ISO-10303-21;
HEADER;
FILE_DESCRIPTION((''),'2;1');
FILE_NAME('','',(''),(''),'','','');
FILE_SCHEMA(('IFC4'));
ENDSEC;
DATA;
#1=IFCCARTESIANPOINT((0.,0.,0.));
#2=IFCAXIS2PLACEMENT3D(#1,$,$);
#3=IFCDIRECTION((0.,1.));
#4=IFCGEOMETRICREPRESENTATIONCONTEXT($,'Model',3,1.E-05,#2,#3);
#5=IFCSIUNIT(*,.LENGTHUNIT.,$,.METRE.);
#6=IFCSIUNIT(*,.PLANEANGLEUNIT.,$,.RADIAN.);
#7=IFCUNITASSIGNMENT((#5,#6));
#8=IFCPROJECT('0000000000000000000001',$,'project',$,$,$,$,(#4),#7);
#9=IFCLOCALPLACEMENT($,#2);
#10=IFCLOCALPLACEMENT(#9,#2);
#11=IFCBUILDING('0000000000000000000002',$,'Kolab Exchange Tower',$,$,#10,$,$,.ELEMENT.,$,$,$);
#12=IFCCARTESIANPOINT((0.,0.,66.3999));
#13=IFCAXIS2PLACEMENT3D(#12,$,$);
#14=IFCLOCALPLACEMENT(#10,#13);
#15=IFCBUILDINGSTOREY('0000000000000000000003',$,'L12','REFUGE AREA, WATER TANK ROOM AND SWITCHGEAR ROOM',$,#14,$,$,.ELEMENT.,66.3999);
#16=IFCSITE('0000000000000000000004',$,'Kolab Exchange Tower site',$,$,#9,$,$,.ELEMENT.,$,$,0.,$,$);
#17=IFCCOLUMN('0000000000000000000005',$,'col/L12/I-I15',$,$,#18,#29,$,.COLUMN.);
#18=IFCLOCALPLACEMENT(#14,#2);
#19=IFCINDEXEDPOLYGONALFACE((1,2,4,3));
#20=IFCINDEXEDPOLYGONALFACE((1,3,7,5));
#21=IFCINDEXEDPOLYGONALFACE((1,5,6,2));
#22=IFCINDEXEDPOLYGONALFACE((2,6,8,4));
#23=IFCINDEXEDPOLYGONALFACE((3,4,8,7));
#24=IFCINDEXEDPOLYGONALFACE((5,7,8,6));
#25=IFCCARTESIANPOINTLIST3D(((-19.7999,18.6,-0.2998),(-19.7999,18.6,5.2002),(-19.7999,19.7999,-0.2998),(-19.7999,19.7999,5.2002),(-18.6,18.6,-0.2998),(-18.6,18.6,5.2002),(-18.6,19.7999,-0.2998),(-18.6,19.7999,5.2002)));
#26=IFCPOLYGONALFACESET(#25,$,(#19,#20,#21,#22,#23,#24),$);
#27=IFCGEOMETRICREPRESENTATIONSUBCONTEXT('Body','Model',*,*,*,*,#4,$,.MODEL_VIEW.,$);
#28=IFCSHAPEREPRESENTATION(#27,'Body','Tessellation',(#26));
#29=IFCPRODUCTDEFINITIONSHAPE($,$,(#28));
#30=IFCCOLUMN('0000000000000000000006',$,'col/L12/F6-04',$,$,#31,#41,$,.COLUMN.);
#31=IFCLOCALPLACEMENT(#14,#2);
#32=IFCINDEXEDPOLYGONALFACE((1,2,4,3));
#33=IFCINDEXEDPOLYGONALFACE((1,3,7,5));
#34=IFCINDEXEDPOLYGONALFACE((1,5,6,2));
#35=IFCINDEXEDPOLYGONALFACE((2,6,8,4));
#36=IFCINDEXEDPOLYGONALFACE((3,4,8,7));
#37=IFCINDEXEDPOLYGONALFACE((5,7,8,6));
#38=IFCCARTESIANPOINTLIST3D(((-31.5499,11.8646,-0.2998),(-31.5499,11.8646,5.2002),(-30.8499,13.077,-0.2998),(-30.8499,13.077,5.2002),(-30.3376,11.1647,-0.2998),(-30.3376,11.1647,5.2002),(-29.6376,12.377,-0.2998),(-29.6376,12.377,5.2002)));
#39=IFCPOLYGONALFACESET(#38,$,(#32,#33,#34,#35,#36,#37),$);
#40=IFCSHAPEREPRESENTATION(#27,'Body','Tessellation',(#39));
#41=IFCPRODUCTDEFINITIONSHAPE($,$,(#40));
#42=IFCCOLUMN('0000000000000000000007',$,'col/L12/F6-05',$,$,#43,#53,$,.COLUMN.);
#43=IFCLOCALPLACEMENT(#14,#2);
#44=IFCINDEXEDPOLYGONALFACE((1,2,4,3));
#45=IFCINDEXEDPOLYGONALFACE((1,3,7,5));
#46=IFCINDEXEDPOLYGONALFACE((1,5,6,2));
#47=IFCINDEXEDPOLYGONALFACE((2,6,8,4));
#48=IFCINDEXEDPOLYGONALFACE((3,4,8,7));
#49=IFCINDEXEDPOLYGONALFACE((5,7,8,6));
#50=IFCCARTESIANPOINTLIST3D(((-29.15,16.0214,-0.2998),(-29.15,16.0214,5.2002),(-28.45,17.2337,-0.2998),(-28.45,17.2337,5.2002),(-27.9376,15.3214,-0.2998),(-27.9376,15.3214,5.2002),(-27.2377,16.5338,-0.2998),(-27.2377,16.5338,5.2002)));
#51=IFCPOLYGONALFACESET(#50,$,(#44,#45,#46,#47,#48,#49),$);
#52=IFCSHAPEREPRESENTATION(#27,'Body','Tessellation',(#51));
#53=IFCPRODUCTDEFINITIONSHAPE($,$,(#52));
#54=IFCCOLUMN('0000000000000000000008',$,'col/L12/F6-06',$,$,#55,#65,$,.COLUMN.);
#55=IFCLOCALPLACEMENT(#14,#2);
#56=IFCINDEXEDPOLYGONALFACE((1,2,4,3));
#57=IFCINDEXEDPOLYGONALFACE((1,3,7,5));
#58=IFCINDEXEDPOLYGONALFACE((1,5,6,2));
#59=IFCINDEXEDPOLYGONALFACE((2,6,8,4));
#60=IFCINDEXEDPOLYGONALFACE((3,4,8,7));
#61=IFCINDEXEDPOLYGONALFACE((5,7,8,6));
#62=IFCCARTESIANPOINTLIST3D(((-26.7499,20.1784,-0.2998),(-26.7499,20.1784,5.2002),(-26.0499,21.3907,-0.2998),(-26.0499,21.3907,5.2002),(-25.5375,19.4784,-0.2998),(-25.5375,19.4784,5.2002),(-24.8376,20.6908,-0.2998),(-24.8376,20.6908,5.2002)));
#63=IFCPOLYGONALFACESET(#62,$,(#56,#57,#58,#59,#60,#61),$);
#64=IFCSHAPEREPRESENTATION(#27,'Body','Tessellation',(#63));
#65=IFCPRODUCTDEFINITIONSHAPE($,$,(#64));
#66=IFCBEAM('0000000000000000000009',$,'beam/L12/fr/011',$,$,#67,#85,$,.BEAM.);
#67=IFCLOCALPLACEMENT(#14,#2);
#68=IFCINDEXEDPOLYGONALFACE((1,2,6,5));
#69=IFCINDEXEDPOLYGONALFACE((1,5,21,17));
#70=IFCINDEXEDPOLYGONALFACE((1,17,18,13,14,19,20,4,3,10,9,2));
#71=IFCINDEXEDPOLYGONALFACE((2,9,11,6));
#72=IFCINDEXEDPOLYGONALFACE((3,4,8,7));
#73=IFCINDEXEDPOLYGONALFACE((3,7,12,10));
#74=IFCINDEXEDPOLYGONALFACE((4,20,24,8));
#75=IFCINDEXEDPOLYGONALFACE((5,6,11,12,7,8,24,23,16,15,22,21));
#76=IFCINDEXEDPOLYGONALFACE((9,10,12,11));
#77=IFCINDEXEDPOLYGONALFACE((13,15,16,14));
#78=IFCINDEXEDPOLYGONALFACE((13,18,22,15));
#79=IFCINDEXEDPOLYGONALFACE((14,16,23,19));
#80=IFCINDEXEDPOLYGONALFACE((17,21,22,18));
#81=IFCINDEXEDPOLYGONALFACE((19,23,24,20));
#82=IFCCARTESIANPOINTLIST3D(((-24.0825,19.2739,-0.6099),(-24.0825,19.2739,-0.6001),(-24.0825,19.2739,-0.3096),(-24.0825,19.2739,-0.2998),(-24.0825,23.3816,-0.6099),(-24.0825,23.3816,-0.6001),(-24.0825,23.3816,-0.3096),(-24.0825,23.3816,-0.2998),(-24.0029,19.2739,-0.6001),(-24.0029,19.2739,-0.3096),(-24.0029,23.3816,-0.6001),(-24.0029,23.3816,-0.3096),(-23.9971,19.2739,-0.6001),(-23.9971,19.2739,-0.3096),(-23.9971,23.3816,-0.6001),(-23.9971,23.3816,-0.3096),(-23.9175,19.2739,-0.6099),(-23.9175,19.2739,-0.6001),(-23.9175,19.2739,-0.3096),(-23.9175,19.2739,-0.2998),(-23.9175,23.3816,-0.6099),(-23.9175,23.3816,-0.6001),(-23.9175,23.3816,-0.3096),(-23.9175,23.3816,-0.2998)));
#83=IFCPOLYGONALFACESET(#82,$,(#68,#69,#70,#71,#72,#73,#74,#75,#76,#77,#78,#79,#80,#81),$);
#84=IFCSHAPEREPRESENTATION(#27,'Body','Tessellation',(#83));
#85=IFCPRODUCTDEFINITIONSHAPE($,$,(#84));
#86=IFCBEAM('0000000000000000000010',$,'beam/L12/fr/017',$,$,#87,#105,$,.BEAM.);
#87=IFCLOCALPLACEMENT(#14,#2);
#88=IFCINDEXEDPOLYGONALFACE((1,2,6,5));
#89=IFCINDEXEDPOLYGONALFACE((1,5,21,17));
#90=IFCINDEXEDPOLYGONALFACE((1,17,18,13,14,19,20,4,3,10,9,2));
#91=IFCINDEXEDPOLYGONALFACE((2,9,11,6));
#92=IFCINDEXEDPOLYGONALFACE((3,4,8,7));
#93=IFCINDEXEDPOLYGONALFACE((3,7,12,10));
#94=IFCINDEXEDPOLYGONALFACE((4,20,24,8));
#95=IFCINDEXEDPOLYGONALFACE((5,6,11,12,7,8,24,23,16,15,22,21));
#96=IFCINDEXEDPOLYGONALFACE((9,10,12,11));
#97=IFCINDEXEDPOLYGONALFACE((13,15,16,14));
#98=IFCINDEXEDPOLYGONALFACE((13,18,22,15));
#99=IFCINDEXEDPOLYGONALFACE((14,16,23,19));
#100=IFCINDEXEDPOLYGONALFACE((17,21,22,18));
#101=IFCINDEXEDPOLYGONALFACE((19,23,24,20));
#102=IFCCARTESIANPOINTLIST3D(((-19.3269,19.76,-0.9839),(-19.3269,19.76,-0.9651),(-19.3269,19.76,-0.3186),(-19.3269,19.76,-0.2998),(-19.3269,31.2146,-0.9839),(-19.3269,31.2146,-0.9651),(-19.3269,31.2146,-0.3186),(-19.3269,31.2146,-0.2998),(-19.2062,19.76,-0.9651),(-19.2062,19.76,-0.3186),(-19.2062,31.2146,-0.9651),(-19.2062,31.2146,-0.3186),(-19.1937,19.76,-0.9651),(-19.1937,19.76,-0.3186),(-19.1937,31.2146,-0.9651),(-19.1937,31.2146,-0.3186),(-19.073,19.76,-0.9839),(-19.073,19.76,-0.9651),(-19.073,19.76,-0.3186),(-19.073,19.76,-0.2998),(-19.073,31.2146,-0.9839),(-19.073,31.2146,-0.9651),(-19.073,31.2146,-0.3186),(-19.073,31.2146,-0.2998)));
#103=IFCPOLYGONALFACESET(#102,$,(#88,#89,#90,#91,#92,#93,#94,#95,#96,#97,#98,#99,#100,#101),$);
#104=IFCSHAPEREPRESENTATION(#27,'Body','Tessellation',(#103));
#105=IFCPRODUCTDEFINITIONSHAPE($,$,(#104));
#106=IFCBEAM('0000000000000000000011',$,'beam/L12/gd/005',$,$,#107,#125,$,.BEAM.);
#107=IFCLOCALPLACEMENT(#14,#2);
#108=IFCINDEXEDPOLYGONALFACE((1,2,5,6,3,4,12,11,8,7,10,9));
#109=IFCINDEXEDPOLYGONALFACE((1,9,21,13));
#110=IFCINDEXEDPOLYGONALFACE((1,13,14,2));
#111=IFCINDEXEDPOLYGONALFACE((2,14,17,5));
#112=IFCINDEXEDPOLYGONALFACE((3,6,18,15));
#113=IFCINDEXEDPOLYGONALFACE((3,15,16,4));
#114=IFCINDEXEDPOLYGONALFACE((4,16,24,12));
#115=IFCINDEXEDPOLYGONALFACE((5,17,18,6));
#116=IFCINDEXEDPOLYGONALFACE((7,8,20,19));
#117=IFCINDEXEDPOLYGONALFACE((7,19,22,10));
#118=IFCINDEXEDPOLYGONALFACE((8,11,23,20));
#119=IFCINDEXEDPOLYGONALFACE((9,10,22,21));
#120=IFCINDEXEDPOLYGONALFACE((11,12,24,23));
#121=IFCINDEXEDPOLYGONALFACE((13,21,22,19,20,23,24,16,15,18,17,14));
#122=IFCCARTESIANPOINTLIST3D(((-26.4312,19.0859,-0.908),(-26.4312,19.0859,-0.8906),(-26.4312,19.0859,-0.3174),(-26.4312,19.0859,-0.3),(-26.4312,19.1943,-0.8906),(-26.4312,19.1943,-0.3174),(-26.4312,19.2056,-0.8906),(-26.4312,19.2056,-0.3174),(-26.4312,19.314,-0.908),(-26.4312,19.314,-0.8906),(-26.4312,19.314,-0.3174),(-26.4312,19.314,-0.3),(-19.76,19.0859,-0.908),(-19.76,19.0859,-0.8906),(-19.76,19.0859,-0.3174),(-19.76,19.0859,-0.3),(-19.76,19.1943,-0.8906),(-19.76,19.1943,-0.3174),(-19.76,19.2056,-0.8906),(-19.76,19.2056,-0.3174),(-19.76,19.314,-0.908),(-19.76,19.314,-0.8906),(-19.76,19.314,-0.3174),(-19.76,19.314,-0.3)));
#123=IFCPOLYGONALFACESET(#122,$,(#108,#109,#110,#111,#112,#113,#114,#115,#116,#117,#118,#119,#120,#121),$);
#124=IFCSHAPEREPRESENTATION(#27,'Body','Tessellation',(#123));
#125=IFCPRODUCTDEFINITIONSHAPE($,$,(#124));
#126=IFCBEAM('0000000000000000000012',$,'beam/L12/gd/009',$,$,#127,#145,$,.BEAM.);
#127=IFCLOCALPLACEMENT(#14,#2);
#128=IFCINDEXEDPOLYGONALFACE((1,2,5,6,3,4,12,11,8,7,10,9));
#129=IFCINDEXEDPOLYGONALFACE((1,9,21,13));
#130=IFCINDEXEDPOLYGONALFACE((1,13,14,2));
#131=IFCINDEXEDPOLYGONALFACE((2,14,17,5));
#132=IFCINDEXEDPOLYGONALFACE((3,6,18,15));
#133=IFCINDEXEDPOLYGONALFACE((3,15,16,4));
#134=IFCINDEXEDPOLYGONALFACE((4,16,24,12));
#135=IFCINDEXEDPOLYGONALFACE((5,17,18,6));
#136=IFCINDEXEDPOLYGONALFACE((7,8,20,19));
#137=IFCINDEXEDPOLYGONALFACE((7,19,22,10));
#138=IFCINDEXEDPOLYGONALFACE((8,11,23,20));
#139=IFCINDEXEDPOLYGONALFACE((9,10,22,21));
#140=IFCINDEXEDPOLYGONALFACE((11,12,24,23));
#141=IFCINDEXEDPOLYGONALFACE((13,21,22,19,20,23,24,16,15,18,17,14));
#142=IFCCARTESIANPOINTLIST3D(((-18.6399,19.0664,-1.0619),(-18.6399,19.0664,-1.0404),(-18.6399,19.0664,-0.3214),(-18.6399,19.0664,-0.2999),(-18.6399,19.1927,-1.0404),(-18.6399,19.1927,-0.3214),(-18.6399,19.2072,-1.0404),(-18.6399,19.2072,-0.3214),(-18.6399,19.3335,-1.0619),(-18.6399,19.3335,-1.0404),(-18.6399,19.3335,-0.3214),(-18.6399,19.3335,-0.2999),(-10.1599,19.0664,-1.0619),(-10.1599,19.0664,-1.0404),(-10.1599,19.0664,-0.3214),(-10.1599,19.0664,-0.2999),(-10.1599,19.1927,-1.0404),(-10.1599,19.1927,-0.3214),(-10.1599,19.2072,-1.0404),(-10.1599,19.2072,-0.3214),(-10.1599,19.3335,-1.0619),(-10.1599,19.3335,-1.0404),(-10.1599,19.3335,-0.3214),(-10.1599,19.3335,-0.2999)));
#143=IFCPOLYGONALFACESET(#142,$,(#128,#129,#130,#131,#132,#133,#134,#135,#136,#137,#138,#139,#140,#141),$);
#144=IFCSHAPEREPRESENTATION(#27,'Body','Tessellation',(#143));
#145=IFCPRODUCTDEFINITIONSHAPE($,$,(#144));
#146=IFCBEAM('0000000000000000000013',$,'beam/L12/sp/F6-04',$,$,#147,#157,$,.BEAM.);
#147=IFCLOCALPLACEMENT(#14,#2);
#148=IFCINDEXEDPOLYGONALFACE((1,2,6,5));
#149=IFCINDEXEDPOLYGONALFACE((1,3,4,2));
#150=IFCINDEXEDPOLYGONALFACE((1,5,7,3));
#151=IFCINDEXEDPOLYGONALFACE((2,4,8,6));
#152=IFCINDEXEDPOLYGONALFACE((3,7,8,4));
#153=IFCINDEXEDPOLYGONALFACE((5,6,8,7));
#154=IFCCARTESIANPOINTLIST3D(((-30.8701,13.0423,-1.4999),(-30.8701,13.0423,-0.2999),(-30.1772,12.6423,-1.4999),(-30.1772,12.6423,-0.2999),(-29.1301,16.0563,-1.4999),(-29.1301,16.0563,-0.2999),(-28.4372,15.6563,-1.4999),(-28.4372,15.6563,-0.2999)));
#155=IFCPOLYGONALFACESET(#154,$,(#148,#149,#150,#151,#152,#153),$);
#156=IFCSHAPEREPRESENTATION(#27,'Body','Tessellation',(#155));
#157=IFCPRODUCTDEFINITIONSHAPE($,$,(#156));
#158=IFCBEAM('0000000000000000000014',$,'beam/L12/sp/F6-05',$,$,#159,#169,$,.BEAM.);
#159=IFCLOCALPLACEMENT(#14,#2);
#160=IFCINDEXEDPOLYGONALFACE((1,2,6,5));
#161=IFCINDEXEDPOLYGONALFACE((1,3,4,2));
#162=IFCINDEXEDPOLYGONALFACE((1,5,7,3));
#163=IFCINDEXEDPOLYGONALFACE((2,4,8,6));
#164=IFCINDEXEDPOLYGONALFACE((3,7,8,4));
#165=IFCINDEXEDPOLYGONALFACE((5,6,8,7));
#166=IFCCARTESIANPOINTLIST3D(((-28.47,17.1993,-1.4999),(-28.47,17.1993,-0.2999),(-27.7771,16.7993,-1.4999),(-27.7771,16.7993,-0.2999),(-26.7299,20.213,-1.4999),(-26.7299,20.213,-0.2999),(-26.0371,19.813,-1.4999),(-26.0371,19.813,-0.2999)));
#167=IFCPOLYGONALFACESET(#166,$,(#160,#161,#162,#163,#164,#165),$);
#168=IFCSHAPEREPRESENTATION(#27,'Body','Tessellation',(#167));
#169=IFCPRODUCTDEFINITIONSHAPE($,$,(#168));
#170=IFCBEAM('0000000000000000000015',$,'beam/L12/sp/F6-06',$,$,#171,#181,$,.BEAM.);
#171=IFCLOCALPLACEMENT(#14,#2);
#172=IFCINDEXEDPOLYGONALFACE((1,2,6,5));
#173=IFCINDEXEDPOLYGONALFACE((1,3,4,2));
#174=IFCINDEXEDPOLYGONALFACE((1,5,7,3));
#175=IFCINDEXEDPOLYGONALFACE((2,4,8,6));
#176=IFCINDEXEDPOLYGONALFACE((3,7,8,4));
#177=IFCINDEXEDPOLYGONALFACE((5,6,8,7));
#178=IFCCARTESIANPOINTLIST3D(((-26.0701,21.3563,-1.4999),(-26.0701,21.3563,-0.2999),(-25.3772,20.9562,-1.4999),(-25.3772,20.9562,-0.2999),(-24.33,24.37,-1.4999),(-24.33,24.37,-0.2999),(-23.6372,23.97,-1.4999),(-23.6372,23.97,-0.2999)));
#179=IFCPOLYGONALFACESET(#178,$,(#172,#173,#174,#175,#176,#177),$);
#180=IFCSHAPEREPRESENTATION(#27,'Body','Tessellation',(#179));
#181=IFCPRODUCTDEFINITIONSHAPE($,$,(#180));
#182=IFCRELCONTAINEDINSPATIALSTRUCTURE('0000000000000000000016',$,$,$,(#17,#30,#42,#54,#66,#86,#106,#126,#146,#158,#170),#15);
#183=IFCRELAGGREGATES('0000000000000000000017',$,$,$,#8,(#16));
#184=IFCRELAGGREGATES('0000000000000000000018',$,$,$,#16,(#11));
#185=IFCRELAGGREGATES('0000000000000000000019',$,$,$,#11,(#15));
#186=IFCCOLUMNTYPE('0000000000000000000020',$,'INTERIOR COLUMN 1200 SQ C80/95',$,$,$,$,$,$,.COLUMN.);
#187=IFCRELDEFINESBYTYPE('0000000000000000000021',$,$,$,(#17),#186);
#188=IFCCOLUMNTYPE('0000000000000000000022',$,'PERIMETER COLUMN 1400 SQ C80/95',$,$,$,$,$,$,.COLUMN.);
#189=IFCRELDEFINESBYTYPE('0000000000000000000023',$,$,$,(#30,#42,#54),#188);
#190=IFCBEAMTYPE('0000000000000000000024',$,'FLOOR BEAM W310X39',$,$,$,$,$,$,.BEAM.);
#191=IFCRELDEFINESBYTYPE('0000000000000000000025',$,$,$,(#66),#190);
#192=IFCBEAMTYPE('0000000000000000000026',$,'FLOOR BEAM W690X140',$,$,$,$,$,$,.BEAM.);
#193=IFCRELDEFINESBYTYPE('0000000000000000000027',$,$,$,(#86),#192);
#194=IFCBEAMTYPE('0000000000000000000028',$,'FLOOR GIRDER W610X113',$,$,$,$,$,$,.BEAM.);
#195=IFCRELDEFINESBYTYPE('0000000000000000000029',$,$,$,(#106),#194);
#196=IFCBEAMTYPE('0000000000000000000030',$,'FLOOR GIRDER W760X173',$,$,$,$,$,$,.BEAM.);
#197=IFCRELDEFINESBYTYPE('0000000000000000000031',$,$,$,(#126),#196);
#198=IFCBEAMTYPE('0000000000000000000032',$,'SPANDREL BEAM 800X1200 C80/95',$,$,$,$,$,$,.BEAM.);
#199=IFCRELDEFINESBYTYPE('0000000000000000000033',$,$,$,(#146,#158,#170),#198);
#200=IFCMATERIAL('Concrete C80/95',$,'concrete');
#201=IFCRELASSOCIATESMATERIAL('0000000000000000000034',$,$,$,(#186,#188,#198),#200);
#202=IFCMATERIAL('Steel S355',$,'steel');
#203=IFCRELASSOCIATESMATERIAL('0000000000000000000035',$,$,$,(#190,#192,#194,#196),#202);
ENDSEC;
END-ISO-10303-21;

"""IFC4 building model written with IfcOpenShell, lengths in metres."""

from ifc_helpers import new_model, si_unit, direction, frame, origin, origin_2d, place, context, subcontext, project, spatial, rectangle, i_section, extrude, material, material_profile, profile_set, type_object, element, save


model = new_model("IFC4")

# Units and contexts
model_context = context("Model", 3, precision=1e-05, world=origin(), true_north=direction((0.0, 1.0)))
body_context = subcontext(model_context, "Body", "Model", "MODEL_VIEW")
ifc_project = project(units=[si_unit("LENGTHUNIT", "METRE"), si_unit("PLANEANGLEUNIT", "RADIAN")], contexts=[model_context])

# Site, building, storey
site_placement = place(None, origin())
site = spatial("IfcSite", under=ifc_project, at=site_placement, Name="Kolab Exchange Tower site", CompositionType="ELEMENT", RefElevation=0.0)
building_placement = place(site_placement, origin())
building = spatial("IfcBuilding", under=site, at=building_placement, Name="Kolab Exchange Tower", CompositionType="ELEMENT")
storey_placement = place(building_placement, frame((0.0, 0.0, 66.3999)))
storey = spatial("IfcBuildingStorey", under=building, at=storey_placement, Name="L12", Description="REFUGE AREA, WATER TANK ROOM AND SWITCHGEAR ROOM", CompositionType="ELEMENT", Elevation=66.3999)

# Columns
ifc_material_1 = material(Name="Concrete C80/95", Category="concrete")
ifc_material_profile_1 = material_profile(ifc_material_1, rectangle(XDim=1.2, YDim=1.2, at=origin_2d()), Name="RC1200")
ifc_profile_set_1 = profile_set([ifc_material_profile_1], Name="Concrete C80/95")
column_type_1 = type_object("IfcColumnType", Name="INTERIOR COLUMN 1200 SQ C80/95", PredefinedType="COLUMN", material=ifc_profile_set_1)
column_placement = place(storey_placement, frame((-19.2, 19.2, -0.2998), z_axis=(0.0, 0.0, 1.0), x_axis=(1.0, 0.0, 0.0)))
element("IfcColumn", 1, at=column_placement, inside=storey, type_object=column_type_1, Name="col/L12/I-I15", PredefinedType="COLUMN", context=body_context, shape_type="SweptSolid", body=[
    extrude(rectangle(XDim=1.2, YDim=1.2, at=origin_2d()), origin(), (0.0, 0.0, 1.0), 5.5),
])
ifc_material_profile_2 = material_profile(ifc_material_1, rectangle(XDim=1.3999, YDim=1.3999, at=origin_2d()), Name="RC1400")
ifc_profile_set_2 = profile_set([ifc_material_profile_2], Name="Concrete C80/95")
column_type_2 = type_object("IfcColumnType", Name="PERIMETER COLUMN 1400 SQ C80/95", PredefinedType="COLUMN", material=ifc_profile_set_2)
for number, where, z_axis, x_axis, name in (
    (2, (-30.5938, 12.1208, -0.2998), (0.0, 0.0, 1.0), (0.5, 0.866025, 0.0), "col/L12/F6-04"),
    (3, (-28.1938, 16.2776, -0.2998), (0.0, 0.0, 1.0), (0.5, 0.866025, 0.0), "col/L12/F6-05"),
    (4, (-25.7937, 20.4346, -0.2998), (0.0, 0.0, 1.0), (0.5, 0.866025, 0.0), "col/L12/F6-06"),
):
    element("IfcColumn", number, at=place(storey_placement, frame(where, z_axis=z_axis, x_axis=x_axis)), inside=storey, type_object=column_type_2, Name=name, PredefinedType="COLUMN", context=body_context, shape_type="SweptSolid", body=[
        extrude(rectangle(XDim=1.3999, YDim=1.3999, at=origin_2d()), origin(), (0.0, 0.0, 1.0), 5.5),
    ])

# Beams
ifc_material_2 = material(Name="Steel S355", Category="steel")
ifc_material_profile_3 = material_profile(ifc_material_2, i_section(OverallWidth=0.165, OverallDepth=0.3101, WebThickness=0.0059, FlangeThickness=0.0098, at=origin_2d()), Name="W310X39")
ifc_profile_set_3 = profile_set([ifc_material_profile_3], Name="Steel S355")
beam_type_1 = type_object("IfcBeamType", Name="FLOOR BEAM W310X39", PredefinedType="BEAM", material=ifc_profile_set_3)
beam_1_placement = place(storey_placement, frame((-24.0, 19.2739, -0.4548), z_axis=(0.0, 1.0, 0.0), x_axis=(-1.0, 0.0, 0.0)))
element("IfcBeam", 5, at=beam_1_placement, inside=storey, type_object=beam_type_1, Name="beam/L12/fr/011", PredefinedType="BEAM", context=body_context, shape_type="SweptSolid", body=[
    extrude(i_section(OverallWidth=0.165, OverallDepth=0.3101, WebThickness=0.0059, FlangeThickness=0.0098, at=origin_2d()), origin(), (0.0, 0.0, 1.0), 4.1077),
])
ifc_material_profile_4 = material_profile(ifc_material_2, i_section(OverallWidth=0.2539, OverallDepth=0.6841, WebThickness=0.0125, FlangeThickness=0.0188, at=origin_2d()), Name="W690X140")
ifc_profile_set_4 = profile_set([ifc_material_profile_4], Name="Steel S355")
beam_type_2 = type_object("IfcBeamType", Name="FLOOR BEAM W690X140", PredefinedType="BEAM", material=ifc_profile_set_4)
beam_2_placement = place(storey_placement, frame((-19.2, 19.76, -0.6418), z_axis=(0.0, 1.0, 0.0), x_axis=(-1.0, 0.0, 0.0)))
element("IfcBeam", 6, at=beam_2_placement, inside=storey, type_object=beam_type_2, Name="beam/L12/fr/017", PredefinedType="BEAM", context=body_context, shape_type="SweptSolid", body=[
    extrude(i_section(OverallWidth=0.2539, OverallDepth=0.6841, WebThickness=0.0125, FlangeThickness=0.0188, at=origin_2d()), origin(), (0.0, 0.0, 1.0), 11.4546),
])
ifc_material_profile_5 = material_profile(ifc_material_2, i_section(OverallWidth=0.228, OverallDepth=0.6079, WebThickness=0.0112, FlangeThickness=0.0173, at=origin_2d()), Name="W610X113")
ifc_profile_set_5 = profile_set([ifc_material_profile_5], Name="Steel S355")
beam_type_3 = type_object("IfcBeamType", Name="FLOOR GIRDER W610X113", PredefinedType="BEAM", material=ifc_profile_set_5)
beam_3_placement = place(storey_placement, frame((-26.4312, 19.2, -0.604), z_axis=(1.0, 0.0, 0.0), x_axis=(0.0, 1.0, 0.0)))
element("IfcBeam", 7, at=beam_3_placement, inside=storey, type_object=beam_type_3, Name="beam/L12/gd/005", PredefinedType="BEAM", context=body_context, shape_type="SweptSolid", body=[
    extrude(i_section(OverallWidth=0.228, OverallDepth=0.6079, WebThickness=0.0112, FlangeThickness=0.0173, at=origin_2d()), origin(), (0.0, 0.0, 1.0), 6.6711),
])
ifc_material_profile_6 = material_profile(ifc_material_2, i_section(OverallWidth=0.2671, OverallDepth=0.762, WebThickness=0.0144, FlangeThickness=0.0215, at=origin_2d()), Name="W760X173")
ifc_profile_set_6 = profile_set([ifc_material_profile_6], Name="Steel S355")
beam_type_4 = type_object("IfcBeamType", Name="FLOOR GIRDER W760X173", PredefinedType="BEAM", material=ifc_profile_set_6)
beam_4_placement = place(storey_placement, frame((-18.6399, 19.2, -0.6809), z_axis=(1.0, 0.0, 0.0), x_axis=(0.0, 1.0, 0.0)))
element("IfcBeam", 8, at=beam_4_placement, inside=storey, type_object=beam_type_4, Name="beam/L12/gd/009", PredefinedType="BEAM", context=body_context, shape_type="SweptSolid", body=[
    extrude(i_section(OverallWidth=0.2671, OverallDepth=0.762, WebThickness=0.0144, FlangeThickness=0.0215, at=origin_2d()), origin(), (0.0, 0.0, 1.0), 8.48),
])
ifc_material_profile_7 = material_profile(ifc_material_1, rectangle(XDim=0.8, YDim=1.2, at=origin_2d()), Name="RC800X1200")
ifc_profile_set_7 = profile_set([ifc_material_profile_7], Name="Concrete C80/95")
beam_type_5 = type_object("IfcBeamType", Name="SPANDREL BEAM 800X1200 C80/95", PredefinedType="BEAM", material=ifc_profile_set_7)
beam_5_placement = place(storey_placement, frame((-30.5237, 12.8423, -0.8999), z_axis=(0.49998, 0.866037, 0.0), x_axis=(-0.866037, 0.49998, 0.0)))
element("IfcBeam", 9, at=beam_5_placement, inside=storey, type_object=beam_type_5, Name="beam/L12/sp/F6-04", PredefinedType="BEAM", context=body_context, shape_type="SweptSolid", body=[
    extrude(rectangle(XDim=0.8, YDim=1.2, at=origin_2d()), origin(), (0.0, 0.0, 1.0), 3.4802),
])
for number, where, z_axis, x_axis, name in (
    (10, (-28.1235, 16.9993, -0.8999), (0.50001, 0.86602, 0.0), (-0.86602, 0.50001, 0.0), "beam/L12/sp/F6-05"),
    (11, (-25.7236, 21.1562, -0.8999), (0.50001, 0.86602, 0.0), (-0.86602, 0.50001, 0.0), "beam/L12/sp/F6-06"),
):
    element("IfcBeam", number, at=place(storey_placement, frame(where, z_axis=z_axis, x_axis=x_axis)), inside=storey, type_object=beam_type_5, Name=name, PredefinedType="BEAM", context=body_context, shape_type="SweptSolid", body=[
        extrude(rectangle(XDim=0.8, YDim=1.2, at=origin_2d()), origin(), (0.0, 0.0, 1.0), 3.48),
    ])

save(model, "model.ifc")
